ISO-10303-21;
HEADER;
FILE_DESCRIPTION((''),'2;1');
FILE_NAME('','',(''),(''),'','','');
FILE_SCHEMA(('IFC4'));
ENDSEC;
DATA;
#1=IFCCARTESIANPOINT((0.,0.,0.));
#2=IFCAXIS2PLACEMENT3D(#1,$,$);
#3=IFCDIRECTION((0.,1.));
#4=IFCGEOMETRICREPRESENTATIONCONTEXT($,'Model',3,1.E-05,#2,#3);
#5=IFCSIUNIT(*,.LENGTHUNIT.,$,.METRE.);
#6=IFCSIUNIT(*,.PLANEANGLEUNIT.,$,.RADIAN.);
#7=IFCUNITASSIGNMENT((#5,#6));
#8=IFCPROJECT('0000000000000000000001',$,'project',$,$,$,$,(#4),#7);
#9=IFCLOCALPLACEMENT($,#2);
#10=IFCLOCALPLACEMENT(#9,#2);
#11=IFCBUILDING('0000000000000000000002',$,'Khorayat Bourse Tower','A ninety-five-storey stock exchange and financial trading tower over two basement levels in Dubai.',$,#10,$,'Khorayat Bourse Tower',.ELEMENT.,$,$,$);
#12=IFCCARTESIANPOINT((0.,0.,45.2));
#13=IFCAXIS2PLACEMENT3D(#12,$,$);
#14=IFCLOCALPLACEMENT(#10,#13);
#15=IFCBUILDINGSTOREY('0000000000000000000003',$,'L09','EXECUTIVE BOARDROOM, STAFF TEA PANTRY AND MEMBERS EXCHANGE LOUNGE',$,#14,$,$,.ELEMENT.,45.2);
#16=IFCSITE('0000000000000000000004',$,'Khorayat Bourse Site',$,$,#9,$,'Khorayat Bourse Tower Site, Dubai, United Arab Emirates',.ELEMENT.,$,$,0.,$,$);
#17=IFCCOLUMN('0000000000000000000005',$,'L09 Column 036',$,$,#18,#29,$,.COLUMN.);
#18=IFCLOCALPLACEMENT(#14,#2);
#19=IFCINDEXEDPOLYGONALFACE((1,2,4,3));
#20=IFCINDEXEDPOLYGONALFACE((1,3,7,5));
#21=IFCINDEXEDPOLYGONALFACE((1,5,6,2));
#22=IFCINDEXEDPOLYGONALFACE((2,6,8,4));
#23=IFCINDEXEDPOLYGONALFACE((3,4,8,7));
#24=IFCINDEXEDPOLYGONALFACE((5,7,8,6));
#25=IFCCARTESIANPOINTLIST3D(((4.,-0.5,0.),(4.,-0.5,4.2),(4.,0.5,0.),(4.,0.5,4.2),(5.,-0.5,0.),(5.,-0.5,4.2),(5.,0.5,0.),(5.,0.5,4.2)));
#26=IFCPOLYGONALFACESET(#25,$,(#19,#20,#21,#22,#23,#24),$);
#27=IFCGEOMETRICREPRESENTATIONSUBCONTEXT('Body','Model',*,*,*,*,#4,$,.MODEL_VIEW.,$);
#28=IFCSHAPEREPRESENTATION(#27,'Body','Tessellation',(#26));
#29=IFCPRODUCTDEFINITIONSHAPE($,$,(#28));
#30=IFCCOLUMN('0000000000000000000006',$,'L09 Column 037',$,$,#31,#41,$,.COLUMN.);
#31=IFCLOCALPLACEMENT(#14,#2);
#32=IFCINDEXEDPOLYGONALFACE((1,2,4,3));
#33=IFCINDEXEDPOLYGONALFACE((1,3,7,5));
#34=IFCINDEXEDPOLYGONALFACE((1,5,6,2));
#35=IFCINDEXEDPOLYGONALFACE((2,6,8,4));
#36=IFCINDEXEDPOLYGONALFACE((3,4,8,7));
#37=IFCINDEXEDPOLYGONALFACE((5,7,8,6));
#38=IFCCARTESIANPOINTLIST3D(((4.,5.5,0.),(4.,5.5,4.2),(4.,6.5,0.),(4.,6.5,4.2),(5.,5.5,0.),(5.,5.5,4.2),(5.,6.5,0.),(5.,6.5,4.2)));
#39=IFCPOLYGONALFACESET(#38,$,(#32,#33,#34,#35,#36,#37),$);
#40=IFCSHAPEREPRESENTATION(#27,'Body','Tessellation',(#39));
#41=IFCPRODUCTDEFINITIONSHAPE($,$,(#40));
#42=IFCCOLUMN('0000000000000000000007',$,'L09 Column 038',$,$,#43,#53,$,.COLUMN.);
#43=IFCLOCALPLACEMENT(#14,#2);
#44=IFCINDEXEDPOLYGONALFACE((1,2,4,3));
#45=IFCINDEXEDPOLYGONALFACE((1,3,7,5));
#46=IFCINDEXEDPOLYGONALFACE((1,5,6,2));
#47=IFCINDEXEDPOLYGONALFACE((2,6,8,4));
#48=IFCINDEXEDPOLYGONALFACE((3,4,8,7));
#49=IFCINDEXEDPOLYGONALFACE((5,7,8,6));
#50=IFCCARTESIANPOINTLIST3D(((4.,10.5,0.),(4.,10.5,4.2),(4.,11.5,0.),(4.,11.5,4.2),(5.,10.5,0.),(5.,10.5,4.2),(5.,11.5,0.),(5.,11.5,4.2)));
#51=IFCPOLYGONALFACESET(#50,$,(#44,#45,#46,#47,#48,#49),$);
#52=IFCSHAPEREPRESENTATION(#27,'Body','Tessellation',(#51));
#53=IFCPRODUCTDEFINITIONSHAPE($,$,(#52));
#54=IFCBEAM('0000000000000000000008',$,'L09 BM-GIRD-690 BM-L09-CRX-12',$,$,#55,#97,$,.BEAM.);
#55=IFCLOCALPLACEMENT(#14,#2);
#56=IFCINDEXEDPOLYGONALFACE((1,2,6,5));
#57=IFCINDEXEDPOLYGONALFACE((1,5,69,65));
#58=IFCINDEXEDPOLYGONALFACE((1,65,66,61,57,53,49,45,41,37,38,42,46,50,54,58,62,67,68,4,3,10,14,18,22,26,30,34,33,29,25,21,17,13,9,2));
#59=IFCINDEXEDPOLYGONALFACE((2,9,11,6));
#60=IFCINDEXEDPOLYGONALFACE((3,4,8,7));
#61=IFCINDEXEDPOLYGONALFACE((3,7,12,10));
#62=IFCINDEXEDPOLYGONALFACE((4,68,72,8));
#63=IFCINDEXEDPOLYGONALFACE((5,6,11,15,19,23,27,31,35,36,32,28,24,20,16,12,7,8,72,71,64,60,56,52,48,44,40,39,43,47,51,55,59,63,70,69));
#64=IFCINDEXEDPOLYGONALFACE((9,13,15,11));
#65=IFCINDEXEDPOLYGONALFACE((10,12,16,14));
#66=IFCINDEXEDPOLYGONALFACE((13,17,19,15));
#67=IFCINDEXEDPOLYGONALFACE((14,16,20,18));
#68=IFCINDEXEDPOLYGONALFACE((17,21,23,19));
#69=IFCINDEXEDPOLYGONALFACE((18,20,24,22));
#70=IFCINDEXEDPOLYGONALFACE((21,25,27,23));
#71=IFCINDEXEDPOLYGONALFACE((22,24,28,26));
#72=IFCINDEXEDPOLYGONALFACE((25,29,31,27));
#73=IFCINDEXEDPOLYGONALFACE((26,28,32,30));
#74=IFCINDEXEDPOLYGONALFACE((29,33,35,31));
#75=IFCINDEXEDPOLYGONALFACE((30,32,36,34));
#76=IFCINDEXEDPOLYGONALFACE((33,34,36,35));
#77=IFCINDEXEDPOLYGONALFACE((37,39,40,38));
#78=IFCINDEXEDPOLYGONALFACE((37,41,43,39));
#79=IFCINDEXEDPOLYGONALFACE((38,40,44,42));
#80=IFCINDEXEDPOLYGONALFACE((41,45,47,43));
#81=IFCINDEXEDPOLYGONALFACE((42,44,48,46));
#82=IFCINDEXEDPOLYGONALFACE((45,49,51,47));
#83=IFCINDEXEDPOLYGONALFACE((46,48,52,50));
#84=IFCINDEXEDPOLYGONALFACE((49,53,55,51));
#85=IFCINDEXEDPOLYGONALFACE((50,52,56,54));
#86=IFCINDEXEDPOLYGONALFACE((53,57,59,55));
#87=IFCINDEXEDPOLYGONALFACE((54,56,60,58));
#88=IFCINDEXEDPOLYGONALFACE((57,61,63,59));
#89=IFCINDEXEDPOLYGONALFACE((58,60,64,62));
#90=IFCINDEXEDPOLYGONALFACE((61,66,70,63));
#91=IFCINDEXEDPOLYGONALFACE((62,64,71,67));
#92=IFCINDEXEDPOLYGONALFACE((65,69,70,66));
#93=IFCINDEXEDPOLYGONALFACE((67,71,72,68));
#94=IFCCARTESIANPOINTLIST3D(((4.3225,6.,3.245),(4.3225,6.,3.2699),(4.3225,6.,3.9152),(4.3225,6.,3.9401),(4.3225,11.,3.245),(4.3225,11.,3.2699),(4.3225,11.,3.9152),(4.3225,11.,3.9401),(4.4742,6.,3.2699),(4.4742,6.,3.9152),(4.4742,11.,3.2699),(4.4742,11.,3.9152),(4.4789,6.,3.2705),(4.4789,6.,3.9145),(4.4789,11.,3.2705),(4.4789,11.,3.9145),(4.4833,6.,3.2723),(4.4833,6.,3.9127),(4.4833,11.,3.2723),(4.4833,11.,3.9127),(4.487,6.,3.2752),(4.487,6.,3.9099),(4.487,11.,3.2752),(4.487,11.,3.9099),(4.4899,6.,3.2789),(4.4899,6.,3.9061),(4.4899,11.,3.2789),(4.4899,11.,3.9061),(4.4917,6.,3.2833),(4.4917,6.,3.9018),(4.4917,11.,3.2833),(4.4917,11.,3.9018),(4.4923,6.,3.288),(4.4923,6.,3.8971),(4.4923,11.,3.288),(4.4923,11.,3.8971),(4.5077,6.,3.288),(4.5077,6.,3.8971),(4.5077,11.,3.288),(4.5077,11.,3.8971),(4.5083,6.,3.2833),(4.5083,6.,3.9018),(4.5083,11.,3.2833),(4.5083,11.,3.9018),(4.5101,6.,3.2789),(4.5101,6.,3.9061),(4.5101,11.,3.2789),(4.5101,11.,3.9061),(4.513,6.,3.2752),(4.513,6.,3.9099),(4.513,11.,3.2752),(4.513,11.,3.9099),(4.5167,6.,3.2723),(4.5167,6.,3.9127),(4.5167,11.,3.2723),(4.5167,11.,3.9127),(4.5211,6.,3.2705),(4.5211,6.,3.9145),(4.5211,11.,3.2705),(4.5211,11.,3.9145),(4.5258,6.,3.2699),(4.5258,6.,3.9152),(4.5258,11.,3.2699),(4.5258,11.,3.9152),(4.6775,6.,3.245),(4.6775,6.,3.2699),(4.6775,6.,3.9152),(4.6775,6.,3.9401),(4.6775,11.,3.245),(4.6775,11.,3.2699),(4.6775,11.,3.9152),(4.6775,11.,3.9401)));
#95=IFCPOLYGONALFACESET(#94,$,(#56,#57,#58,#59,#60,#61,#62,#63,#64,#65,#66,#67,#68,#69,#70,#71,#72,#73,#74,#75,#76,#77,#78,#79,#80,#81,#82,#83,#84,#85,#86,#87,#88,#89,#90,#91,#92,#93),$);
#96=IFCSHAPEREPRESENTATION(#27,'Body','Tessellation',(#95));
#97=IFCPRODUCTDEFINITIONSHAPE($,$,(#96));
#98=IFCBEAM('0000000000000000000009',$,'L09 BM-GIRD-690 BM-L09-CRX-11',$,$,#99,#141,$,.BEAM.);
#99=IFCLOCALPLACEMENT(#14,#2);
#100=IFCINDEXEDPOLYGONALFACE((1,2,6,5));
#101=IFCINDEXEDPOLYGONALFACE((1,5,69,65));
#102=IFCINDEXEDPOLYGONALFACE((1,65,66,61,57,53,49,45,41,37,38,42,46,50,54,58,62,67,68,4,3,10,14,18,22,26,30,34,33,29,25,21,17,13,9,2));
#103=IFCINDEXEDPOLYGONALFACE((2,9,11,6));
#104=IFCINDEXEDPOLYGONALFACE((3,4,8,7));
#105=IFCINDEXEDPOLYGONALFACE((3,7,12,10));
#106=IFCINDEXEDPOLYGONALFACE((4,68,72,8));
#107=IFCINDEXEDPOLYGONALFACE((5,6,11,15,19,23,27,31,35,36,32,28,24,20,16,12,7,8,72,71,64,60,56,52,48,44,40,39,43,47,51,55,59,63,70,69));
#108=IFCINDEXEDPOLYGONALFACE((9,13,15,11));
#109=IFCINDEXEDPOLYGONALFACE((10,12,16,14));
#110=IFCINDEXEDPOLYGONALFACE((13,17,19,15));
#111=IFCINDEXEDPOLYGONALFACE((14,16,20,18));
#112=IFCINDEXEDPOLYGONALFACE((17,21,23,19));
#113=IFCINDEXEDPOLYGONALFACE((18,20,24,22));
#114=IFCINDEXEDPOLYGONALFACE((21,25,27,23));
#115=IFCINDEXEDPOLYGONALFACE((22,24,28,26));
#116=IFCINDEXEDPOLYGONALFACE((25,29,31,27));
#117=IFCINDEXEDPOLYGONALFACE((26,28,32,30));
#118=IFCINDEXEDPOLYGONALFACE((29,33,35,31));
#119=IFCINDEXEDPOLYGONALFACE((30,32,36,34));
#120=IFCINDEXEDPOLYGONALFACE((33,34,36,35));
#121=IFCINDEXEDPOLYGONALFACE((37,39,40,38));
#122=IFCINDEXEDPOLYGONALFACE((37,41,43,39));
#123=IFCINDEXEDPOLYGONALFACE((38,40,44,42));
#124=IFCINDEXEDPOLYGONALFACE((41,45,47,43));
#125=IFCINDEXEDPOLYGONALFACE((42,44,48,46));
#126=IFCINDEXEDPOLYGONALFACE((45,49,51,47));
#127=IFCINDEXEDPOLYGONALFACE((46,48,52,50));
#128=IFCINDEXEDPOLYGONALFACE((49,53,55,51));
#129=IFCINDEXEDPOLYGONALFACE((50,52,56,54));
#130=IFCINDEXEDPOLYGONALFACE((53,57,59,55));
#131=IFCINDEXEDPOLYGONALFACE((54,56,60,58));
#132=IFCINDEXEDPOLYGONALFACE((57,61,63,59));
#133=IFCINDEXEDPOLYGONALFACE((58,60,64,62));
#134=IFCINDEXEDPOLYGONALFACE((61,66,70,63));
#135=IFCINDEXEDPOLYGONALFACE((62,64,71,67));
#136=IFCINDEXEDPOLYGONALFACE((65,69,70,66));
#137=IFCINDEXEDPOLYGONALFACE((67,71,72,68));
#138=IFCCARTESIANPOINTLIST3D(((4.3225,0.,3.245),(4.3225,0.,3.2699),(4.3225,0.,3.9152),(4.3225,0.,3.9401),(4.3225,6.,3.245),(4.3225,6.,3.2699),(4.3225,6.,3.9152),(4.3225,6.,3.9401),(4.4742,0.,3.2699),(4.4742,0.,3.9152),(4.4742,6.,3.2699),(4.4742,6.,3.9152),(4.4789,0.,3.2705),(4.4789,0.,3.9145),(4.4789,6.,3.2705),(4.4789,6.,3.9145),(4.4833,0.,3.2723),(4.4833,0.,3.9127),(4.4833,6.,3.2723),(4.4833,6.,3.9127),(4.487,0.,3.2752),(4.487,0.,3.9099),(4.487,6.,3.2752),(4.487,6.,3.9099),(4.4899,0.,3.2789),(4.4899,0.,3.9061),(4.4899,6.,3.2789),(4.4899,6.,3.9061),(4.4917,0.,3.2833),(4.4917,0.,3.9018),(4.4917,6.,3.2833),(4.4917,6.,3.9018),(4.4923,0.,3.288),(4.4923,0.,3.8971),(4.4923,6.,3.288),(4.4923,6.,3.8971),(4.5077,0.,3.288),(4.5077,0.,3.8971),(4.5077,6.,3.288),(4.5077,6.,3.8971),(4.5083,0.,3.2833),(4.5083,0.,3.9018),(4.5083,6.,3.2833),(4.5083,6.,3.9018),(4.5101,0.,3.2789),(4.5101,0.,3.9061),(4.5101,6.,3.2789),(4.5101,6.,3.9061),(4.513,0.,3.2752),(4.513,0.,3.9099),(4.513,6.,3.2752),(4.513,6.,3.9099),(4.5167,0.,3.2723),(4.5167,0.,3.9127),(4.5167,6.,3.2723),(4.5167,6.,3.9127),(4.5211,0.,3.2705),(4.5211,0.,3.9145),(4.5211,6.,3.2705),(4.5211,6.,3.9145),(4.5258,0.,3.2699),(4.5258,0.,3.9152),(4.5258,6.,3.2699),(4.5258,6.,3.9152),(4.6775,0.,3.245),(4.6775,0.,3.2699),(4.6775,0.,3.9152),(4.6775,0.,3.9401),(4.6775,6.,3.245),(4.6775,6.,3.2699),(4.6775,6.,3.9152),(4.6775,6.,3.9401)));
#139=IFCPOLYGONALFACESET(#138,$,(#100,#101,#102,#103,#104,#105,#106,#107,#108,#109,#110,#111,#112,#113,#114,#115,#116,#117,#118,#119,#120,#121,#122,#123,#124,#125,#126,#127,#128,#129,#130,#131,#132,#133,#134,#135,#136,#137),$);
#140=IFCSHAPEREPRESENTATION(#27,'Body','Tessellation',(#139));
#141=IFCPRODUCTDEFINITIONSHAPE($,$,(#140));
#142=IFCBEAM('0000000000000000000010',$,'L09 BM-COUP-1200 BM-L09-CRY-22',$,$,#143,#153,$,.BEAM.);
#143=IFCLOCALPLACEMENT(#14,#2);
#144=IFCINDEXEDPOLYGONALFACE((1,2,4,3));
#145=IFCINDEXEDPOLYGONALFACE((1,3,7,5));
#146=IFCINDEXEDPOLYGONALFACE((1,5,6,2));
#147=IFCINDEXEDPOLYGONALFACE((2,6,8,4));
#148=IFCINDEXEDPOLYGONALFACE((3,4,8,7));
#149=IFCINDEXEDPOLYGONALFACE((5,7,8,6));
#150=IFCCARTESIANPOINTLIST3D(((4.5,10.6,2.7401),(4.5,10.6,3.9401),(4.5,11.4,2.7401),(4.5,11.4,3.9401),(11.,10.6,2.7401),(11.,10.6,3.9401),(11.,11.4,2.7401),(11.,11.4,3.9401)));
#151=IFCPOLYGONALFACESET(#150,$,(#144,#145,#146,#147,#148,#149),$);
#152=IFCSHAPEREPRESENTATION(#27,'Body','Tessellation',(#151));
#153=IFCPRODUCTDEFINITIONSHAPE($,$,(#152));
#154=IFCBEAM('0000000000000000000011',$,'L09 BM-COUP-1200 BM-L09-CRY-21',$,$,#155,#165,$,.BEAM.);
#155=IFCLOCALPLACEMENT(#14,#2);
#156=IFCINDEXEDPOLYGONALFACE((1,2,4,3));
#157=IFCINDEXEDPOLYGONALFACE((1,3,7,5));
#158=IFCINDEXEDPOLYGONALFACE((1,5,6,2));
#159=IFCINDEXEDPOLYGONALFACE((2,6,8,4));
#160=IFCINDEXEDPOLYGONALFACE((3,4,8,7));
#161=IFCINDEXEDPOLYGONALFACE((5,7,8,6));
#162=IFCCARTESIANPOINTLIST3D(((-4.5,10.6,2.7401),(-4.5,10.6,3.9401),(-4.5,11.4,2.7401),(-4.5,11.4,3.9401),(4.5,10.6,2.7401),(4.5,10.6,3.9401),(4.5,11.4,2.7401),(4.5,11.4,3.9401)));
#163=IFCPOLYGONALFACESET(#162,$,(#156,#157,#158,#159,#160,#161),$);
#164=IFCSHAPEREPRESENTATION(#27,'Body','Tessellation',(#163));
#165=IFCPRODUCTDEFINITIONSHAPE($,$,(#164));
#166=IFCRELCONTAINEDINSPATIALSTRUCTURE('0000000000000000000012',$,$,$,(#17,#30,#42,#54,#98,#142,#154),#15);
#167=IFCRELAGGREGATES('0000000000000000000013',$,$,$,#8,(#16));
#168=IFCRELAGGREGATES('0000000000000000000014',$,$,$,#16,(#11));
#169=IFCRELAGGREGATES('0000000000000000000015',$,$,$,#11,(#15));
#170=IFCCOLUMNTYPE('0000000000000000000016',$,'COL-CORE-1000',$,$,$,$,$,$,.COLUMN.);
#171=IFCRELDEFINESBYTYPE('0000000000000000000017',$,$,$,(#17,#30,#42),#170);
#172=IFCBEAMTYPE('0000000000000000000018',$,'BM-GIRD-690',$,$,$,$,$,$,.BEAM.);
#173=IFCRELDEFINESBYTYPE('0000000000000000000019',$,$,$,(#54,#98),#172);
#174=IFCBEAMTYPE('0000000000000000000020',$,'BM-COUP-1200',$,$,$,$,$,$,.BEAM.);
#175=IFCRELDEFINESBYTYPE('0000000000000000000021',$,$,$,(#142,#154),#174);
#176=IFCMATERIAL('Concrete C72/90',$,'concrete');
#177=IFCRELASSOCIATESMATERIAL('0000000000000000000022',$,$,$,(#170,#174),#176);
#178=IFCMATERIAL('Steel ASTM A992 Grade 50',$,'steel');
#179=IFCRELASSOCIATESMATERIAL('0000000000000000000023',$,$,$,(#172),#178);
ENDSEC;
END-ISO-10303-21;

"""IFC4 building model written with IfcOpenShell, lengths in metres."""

from ifc_helpers import new_model, si_unit, direction, frame, origin, origin_2d, place, context, subcontext, project, spatial, rectangle, i_section, extrude, source, transform, mapped, material, material_profile, profile_set, type_object, element, save


model = new_model("IFC4")

# Units and contexts
model_context = context("Model", 3, precision=1e-05, world=origin(), true_north=direction((0.0, 1.0)))
body_context = subcontext(model_context, "Body", "Model", "MODEL_VIEW")
ifc_project = project(units=[si_unit("LENGTHUNIT", "METRE"), si_unit("PLANEANGLEUNIT", "RADIAN")], contexts=[model_context])

# Site, building, storey
site_placement = place(None, origin())
site = spatial("IfcSite", under=ifc_project, at=site_placement, Name="Khorayat Bourse Site", LongName="Khorayat Bourse Tower Site, Dubai, United Arab Emirates", CompositionType="ELEMENT", RefElevation=0.0)
building_placement = place(site_placement, origin())
building = spatial("IfcBuilding", under=site, at=building_placement, Name="Khorayat Bourse Tower", Description="A ninety-five-storey stock exchange and financial trading tower over two basement levels in Dubai.", LongName="Khorayat Bourse Tower", CompositionType="ELEMENT")
storey_placement = place(building_placement, frame((0.0, 0.0, 45.2)))
storey = spatial("IfcBuildingStorey", under=building, at=storey_placement, Name="L09", Description="EXECUTIVE BOARDROOM, STAFF TEA PANTRY AND MEMBERS EXCHANGE LOUNGE", CompositionType="ELEMENT", Elevation=45.2)

# Columns
ifc_material_1 = material(Name="Concrete C72/90", Category="concrete")
ifc_material_profile_1 = material_profile(ifc_material_1, rectangle(XDim=1.0, YDim=1.0, at=origin_2d()), Name="RC 1000x1000")
ifc_profile_set_1 = profile_set([ifc_material_profile_1], Name="Concrete C72/90")
column_type = type_object("IfcColumnType", Name="COL-CORE-1000", PredefinedType="COLUMN", material=ifc_profile_set_1)
shared_shape_1 = source(origin(), body_context, "Body", "SweptSolid", [
    extrude(rectangle(XDim=1.0, YDim=1.0, at=origin_2d()), origin(), (0.0, 0.0, 1.0), 4.2),
])
for number, where, z_axis, x_axis, name in (
    (1, (4.5, 0.0, 0.0), (0.0, 0.0, 1.0), (1.0, 0.0, 0.0), "L09 Column 036"),
    (2, (4.5, 6.0, 0.0), (0.0, 0.0, 1.0), (1.0, 0.0, 0.0), "L09 Column 037"),
    (3, (4.5, 11.0, 0.0), (0.0, 0.0, 1.0), (1.0, 0.0, 0.0), "L09 Column 038"),
):
    element("IfcColumn", number, at=place(storey_placement, frame(where, z_axis=z_axis, x_axis=x_axis)), inside=storey, type_object=column_type, Name=name, PredefinedType="COLUMN", context=body_context, shape_type="MappedRepresentation", body=[
        mapped(shared_shape_1, transform((0.0, 0.0, 0.0), scale=1.0)),
    ])

# Beams
ifc_material_2 = material(Name="Steel ASTM A992 Grade 50", Category="steel")
ifc_material_profile_2 = material_profile(ifc_material_2, i_section(OverallWidth=0.355, OverallDepth=0.6951, WebThickness=0.0154, FlangeThickness=0.0249, FilletRadius=0.0181, at=origin_2d()), Name="W690X217")
ifc_profile_set_2 = profile_set([ifc_material_profile_2], Name="Steel ASTM A992 Grade 50")
beam_type_1 = type_object("IfcBeamType", Name="BM-GIRD-690", PredefinedType="BEAM", material=ifc_profile_set_2)
shared_shape_2 = source(origin(), body_context, "Body", "SweptSolid", [
    extrude(i_section(OverallWidth=0.355, OverallDepth=0.6951, WebThickness=0.0154, FlangeThickness=0.0249, FilletRadius=0.0181, at=origin_2d()), origin(), (0.0, 0.0, 1.0), 5.0),
])
beam_1_placement = place(storey_placement, frame((4.5, 6.0, 3.5925), z_axis=(0.0, 1.0, 0.0), x_axis=(-1.0, 0.0, 0.0)))
element("IfcBeam", 4, at=beam_1_placement, inside=storey, type_object=beam_type_1, Name="L09 BM-GIRD-690 BM-L09-CRX-12", PredefinedType="BEAM", context=body_context, shape_type="MappedRepresentation", body=[
    mapped(shared_shape_2, transform((0.0, 0.0, 0.0), scale=1.0)),
])
shared_shape_3 = source(origin(), body_context, "Body", "SweptSolid", [
    extrude(i_section(OverallWidth=0.355, OverallDepth=0.6951, WebThickness=0.0154, FlangeThickness=0.0249, FilletRadius=0.0181, at=origin_2d()), origin(), (0.0, 0.0, 1.0), 6.0),
])
beam_2_placement = place(storey_placement, frame((4.5, 0.0, 3.5925), z_axis=(0.0, 1.0, 0.0), x_axis=(-1.0, 0.0, 0.0)))
element("IfcBeam", 5, at=beam_2_placement, inside=storey, type_object=beam_type_1, Name="L09 BM-GIRD-690 BM-L09-CRX-11", PredefinedType="BEAM", context=body_context, shape_type="MappedRepresentation", body=[
    mapped(shared_shape_3, transform((0.0, 0.0, 0.0), scale=1.0)),
])
ifc_material_profile_3 = material_profile(ifc_material_1, rectangle(XDim=0.8, YDim=1.2, at=origin_2d()), Name="RC 800x1200")
ifc_profile_set_3 = profile_set([ifc_material_profile_3], Name="Concrete C72/90")
beam_type_2 = type_object("IfcBeamType", Name="BM-COUP-1200", PredefinedType="BEAM", material=ifc_profile_set_3)
shared_shape_4 = source(origin(), body_context, "Body", "SweptSolid", [
    extrude(rectangle(XDim=0.8, YDim=1.2, at=origin_2d()), origin(), (0.0, 0.0, 1.0), 6.5),
])
beam_3_placement = place(storey_placement, frame((4.5, 11.0, 3.3401), z_axis=(1.0, 0.0, 0.0), x_axis=(0.0, 1.0, 0.0)))
element("IfcBeam", 6, at=beam_3_placement, inside=storey, type_object=beam_type_2, Name="L09 BM-COUP-1200 BM-L09-CRY-22", PredefinedType="BEAM", context=body_context, shape_type="MappedRepresentation", body=[
    mapped(shared_shape_4, transform((0.0, 0.0, 0.0), scale=1.0)),
])
shared_shape_5 = source(origin(), body_context, "Body", "SweptSolid", [
    extrude(rectangle(XDim=0.8, YDim=1.2, at=origin_2d()), origin(), (0.0, 0.0, 1.0), 9.0),
])
beam_4_placement = place(storey_placement, frame((-4.5, 11.0, 3.3401), z_axis=(1.0, 0.0, 0.0), x_axis=(0.0, 1.0, 0.0)))
element("IfcBeam", 7, at=beam_4_placement, inside=storey, type_object=beam_type_2, Name="L09 BM-COUP-1200 BM-L09-CRY-21", PredefinedType="BEAM", context=body_context, shape_type="MappedRepresentation", body=[
    mapped(shared_shape_5, transform((0.0, 0.0, 0.0), scale=1.0)),
])

save(model, "model.ifc")
